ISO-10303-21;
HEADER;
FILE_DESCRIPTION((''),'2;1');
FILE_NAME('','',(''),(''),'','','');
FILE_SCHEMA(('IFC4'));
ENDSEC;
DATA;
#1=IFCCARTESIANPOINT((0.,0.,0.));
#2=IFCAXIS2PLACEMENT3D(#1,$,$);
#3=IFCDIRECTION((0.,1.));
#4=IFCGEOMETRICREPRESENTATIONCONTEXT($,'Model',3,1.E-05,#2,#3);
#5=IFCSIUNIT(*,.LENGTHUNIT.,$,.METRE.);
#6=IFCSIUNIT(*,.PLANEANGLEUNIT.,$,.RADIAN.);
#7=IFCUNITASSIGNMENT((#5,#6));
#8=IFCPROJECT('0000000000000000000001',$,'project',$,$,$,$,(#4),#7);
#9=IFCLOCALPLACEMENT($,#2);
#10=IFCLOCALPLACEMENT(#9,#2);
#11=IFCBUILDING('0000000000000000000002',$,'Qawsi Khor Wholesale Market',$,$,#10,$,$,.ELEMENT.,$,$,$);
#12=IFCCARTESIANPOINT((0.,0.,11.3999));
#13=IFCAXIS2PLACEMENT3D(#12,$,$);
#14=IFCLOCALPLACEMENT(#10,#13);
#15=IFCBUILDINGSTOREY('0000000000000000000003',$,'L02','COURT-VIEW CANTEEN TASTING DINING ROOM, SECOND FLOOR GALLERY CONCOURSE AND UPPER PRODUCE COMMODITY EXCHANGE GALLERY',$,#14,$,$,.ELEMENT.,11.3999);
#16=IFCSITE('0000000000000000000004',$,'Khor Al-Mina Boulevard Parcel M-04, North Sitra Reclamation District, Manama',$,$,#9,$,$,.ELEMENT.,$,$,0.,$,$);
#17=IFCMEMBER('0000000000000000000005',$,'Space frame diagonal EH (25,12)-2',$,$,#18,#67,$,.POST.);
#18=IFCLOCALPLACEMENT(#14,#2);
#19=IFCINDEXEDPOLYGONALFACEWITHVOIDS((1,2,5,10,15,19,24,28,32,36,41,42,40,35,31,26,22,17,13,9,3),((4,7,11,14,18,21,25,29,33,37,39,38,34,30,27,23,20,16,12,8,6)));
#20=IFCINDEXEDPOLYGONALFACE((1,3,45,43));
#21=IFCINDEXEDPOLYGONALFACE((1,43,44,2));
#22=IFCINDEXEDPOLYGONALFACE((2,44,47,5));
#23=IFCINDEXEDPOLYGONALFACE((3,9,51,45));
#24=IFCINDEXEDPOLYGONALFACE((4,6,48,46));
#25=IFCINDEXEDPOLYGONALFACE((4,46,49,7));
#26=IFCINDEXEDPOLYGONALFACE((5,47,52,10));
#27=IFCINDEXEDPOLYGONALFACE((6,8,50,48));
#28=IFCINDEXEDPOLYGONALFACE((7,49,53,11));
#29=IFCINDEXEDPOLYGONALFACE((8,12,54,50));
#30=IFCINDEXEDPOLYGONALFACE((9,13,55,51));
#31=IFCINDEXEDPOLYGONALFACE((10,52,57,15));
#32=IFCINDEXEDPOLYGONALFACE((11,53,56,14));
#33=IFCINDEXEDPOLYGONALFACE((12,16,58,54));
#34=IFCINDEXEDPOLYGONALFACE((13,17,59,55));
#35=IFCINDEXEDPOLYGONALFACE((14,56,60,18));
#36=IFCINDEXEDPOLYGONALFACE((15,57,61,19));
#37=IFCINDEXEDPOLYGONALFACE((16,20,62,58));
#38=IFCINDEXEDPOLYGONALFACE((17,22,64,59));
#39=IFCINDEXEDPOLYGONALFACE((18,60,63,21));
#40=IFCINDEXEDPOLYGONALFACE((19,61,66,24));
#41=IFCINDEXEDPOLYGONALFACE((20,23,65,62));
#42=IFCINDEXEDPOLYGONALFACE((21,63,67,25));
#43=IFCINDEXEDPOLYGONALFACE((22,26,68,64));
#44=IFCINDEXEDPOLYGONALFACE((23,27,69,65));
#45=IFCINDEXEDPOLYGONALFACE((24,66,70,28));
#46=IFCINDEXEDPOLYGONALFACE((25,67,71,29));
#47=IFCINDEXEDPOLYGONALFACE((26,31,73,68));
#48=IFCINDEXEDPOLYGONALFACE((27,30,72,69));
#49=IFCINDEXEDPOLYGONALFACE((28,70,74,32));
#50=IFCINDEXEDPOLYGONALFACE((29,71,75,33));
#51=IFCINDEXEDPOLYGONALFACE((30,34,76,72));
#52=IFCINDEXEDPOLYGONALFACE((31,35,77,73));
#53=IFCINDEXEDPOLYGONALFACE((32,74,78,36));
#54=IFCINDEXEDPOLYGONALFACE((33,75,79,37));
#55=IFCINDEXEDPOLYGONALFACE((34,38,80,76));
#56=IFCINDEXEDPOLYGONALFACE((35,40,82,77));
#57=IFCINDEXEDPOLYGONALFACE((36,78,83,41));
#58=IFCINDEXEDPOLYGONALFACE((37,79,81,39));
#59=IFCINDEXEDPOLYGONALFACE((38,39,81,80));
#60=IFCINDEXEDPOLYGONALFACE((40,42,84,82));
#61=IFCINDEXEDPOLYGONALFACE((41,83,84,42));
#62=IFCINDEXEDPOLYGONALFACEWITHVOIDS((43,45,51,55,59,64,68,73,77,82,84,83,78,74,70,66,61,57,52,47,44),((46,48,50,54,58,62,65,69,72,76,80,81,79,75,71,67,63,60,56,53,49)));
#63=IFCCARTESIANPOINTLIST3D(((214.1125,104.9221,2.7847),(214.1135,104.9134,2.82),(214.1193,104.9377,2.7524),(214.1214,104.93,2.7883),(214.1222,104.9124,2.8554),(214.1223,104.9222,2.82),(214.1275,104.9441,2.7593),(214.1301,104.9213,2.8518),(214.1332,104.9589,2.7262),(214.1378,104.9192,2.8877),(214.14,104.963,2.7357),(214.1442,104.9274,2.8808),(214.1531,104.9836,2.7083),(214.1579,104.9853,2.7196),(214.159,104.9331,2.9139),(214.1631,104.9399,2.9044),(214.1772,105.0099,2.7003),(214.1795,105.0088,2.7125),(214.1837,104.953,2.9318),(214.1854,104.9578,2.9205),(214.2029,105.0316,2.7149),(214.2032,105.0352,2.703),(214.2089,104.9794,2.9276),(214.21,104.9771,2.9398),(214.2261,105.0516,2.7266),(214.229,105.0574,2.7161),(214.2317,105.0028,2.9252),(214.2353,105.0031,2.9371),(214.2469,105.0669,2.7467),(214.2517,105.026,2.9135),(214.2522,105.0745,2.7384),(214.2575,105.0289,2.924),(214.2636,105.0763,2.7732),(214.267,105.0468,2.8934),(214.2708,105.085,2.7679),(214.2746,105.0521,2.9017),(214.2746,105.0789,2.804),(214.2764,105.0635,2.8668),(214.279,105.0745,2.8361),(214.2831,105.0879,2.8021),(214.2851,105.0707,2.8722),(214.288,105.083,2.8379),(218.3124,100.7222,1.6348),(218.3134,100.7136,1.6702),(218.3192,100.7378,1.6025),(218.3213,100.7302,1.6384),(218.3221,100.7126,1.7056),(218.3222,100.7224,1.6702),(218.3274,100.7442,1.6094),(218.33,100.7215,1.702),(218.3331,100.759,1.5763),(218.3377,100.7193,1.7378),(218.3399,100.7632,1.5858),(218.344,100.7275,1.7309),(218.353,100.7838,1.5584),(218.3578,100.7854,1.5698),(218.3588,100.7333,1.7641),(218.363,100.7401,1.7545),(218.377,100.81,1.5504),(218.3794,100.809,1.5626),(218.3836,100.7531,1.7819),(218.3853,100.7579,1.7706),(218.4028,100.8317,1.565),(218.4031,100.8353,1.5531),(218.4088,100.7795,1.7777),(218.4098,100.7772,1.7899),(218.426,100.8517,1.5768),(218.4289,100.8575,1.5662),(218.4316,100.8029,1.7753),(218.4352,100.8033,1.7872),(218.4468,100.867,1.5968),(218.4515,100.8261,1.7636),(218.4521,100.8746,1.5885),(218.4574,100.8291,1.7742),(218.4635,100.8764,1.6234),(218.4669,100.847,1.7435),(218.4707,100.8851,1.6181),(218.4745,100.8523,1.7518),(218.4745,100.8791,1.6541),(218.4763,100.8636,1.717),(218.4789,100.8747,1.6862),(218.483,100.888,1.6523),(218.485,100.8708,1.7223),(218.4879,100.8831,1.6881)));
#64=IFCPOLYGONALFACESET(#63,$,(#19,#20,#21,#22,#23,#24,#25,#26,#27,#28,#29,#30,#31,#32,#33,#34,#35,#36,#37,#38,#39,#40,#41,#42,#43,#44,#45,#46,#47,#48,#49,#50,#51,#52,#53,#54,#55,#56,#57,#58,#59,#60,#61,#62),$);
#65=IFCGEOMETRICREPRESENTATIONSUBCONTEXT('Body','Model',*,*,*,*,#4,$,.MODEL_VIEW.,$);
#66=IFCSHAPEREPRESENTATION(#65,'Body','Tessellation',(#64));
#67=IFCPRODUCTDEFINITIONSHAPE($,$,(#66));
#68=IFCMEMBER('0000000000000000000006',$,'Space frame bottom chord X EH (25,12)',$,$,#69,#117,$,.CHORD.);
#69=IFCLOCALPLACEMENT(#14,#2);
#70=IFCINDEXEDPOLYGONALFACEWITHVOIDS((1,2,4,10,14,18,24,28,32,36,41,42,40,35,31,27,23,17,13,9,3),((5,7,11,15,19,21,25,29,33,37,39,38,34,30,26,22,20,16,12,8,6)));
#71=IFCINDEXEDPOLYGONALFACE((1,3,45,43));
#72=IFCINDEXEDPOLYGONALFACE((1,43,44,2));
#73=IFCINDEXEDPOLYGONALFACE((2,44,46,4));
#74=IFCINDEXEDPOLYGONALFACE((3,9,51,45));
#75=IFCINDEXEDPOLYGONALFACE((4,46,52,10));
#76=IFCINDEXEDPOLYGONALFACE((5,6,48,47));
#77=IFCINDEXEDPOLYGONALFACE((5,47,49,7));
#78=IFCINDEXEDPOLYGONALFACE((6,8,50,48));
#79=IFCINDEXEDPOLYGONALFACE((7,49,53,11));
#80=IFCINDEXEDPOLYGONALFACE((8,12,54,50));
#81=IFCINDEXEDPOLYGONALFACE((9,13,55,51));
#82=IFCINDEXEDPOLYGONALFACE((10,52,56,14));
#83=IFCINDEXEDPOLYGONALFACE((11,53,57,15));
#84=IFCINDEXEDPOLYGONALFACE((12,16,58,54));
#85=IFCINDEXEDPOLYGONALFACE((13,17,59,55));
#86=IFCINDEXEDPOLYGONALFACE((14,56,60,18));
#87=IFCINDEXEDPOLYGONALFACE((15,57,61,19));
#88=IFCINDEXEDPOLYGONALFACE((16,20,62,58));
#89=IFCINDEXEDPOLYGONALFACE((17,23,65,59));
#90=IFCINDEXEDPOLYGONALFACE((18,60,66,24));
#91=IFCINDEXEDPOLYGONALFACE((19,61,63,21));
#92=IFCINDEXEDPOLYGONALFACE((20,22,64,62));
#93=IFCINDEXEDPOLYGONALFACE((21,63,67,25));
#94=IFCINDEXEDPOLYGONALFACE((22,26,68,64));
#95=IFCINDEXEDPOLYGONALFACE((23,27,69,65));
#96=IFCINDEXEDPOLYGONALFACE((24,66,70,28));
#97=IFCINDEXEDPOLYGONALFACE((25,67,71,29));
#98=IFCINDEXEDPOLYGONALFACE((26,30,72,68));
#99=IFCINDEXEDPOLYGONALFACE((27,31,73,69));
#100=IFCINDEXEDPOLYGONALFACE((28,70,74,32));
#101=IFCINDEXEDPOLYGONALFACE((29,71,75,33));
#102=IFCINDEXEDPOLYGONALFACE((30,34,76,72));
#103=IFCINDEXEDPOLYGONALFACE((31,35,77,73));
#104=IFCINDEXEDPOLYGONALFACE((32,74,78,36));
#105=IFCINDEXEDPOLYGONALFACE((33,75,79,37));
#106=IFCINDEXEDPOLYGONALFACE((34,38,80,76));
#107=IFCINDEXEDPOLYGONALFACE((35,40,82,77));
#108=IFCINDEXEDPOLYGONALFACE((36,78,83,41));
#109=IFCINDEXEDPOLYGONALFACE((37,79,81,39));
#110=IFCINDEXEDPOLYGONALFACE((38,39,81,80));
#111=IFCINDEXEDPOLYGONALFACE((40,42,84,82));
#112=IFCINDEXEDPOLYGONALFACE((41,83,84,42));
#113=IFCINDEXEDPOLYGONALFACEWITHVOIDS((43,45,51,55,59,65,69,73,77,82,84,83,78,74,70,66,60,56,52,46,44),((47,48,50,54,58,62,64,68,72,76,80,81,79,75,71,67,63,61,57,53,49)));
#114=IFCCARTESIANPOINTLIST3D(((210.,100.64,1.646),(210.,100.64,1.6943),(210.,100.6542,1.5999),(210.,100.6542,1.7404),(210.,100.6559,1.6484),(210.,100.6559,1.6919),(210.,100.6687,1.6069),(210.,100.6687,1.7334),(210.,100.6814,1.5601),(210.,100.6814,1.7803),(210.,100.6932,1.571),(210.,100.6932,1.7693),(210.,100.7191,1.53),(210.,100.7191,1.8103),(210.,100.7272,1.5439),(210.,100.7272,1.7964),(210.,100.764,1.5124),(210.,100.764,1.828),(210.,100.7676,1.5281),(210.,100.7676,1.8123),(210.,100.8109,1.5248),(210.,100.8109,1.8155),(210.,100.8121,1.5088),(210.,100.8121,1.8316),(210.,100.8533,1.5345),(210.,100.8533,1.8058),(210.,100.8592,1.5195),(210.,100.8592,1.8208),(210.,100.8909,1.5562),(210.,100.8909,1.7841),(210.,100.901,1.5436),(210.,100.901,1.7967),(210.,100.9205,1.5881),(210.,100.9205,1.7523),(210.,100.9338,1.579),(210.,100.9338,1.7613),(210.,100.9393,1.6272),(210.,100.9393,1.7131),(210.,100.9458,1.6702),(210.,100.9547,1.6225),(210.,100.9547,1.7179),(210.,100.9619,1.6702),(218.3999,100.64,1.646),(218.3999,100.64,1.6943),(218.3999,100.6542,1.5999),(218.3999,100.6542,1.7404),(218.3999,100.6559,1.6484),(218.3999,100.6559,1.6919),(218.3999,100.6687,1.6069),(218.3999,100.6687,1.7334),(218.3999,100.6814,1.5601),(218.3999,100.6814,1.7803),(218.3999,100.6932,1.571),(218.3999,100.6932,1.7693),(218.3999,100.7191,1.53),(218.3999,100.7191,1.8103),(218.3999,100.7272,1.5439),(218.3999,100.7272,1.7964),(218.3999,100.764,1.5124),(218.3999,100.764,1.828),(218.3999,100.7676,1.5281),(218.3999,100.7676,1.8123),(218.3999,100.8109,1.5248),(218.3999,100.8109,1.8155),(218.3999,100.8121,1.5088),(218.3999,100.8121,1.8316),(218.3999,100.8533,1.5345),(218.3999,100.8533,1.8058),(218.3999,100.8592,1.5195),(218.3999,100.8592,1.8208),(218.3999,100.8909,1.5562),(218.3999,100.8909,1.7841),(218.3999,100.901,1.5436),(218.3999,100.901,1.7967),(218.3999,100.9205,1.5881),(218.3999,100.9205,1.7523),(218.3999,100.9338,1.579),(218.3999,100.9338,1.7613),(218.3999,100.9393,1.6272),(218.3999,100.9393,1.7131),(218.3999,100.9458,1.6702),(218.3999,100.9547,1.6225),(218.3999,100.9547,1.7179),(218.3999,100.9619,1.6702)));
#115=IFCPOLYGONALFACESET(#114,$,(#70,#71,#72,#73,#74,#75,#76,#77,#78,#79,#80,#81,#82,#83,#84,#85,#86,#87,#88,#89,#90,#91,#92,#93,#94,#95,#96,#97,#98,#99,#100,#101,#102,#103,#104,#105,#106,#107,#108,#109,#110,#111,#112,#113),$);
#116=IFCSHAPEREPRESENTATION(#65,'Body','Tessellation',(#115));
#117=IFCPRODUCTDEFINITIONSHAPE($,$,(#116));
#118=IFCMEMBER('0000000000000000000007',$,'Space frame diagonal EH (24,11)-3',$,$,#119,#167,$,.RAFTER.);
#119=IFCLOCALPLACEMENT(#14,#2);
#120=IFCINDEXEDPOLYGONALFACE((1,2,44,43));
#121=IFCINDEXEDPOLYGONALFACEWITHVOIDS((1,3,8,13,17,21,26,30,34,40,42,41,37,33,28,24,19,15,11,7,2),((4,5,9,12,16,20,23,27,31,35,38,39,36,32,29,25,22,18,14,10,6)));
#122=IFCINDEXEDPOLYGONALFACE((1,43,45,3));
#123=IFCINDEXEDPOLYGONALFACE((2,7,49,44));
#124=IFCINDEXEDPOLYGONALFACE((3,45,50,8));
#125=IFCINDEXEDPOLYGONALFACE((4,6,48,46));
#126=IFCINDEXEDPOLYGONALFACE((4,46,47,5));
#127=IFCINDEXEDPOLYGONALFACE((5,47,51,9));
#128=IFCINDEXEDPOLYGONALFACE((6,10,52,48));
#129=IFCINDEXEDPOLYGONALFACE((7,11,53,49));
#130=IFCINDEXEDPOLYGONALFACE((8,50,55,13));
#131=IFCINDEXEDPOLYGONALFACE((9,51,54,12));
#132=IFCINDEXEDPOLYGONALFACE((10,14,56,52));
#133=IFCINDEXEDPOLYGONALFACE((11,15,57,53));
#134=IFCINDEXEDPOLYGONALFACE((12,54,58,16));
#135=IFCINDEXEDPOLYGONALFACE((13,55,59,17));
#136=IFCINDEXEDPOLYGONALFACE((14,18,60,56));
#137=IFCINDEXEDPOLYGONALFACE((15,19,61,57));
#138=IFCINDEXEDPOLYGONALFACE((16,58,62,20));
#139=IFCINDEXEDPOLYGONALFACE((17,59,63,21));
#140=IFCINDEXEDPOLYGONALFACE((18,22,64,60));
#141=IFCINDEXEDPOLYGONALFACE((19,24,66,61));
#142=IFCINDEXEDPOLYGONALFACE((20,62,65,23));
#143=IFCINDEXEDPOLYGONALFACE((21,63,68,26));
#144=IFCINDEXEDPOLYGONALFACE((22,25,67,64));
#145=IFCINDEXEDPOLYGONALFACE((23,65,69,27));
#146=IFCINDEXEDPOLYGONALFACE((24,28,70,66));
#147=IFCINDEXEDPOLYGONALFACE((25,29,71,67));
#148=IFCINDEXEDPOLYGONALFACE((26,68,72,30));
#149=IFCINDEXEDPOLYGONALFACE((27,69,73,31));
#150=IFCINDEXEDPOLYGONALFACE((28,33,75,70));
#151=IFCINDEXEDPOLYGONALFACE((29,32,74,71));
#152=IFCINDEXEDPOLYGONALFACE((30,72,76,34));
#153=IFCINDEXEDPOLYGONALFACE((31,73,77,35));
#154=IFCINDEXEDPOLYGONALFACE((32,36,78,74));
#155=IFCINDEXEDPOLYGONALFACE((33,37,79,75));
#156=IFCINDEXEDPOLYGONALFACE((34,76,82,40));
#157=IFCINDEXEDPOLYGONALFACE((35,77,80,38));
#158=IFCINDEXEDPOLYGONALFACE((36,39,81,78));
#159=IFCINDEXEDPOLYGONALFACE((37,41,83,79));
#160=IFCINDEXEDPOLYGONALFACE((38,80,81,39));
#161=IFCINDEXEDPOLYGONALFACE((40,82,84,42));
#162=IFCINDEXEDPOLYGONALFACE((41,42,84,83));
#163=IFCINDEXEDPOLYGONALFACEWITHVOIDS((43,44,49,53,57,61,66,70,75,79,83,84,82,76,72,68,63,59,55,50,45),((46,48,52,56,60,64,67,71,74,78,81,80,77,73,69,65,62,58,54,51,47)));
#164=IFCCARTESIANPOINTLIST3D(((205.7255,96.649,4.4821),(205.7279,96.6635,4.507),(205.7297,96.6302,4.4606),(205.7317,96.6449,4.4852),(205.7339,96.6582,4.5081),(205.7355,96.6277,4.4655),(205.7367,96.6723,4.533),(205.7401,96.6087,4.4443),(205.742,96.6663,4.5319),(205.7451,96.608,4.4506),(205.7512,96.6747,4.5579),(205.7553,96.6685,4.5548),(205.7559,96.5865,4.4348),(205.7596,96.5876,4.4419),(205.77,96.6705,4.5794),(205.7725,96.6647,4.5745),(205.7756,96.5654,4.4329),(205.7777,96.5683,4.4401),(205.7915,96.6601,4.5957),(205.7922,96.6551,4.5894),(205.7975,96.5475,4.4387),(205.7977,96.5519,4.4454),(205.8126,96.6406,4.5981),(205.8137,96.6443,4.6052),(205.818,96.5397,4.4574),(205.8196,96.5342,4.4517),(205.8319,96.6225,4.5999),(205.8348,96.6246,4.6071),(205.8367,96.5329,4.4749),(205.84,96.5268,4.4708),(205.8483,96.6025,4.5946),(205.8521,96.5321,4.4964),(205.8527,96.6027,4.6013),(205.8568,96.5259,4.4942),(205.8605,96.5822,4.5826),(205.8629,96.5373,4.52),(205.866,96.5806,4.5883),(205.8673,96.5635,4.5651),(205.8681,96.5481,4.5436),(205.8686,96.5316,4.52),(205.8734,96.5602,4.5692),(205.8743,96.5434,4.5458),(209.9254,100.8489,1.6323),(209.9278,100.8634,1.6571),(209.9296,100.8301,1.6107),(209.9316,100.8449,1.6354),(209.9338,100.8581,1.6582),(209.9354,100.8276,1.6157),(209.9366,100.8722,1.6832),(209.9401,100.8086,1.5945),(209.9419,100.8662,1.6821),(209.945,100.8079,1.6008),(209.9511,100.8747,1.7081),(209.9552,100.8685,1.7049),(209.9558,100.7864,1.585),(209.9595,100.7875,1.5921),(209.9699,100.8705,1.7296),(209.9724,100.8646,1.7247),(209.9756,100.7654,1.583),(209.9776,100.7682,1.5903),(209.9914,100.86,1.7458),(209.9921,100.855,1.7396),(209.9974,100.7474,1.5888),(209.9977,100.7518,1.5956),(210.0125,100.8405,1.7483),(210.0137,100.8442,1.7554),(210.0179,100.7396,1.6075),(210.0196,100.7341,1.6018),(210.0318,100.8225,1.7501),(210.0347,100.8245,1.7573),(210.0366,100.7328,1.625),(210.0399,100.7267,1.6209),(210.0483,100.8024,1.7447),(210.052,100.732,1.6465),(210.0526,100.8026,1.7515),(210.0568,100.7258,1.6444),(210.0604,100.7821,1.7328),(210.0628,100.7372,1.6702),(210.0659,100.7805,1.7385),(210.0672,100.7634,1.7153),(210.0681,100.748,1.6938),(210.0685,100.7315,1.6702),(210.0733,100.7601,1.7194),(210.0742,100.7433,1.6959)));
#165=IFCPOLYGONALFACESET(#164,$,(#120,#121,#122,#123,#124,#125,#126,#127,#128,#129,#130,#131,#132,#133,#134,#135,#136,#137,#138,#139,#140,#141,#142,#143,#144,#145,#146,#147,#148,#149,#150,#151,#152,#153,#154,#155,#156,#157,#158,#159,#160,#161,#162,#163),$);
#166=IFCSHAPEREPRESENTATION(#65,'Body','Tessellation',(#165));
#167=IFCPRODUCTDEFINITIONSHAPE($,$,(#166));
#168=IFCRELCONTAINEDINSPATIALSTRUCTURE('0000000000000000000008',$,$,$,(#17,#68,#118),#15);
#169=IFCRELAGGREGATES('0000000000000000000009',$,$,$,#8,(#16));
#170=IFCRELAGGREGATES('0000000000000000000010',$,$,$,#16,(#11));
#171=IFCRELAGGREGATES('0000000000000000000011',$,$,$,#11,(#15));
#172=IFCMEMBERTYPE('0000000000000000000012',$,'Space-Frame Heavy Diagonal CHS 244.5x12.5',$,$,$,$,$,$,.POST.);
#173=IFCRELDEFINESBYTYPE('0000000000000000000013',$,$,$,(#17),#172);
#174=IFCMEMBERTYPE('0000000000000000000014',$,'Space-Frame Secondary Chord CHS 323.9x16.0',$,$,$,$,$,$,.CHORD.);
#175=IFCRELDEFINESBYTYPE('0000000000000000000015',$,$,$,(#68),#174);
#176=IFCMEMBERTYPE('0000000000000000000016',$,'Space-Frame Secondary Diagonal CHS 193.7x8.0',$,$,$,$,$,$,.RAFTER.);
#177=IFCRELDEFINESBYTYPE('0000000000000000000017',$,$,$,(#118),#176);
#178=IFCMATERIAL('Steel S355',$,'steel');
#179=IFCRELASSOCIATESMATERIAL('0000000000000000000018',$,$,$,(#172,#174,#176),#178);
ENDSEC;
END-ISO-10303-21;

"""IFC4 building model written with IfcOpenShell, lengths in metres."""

from ifc_helpers import new_model, si_unit, direction, frame, origin, origin_2d, place, context, subcontext, project, spatial, hollow_circle, extrude, material, material_profile, profile_set, type_object, element, save


model = new_model("IFC4")

# Units and contexts
model_context = context("Model", 3, precision=1e-05, world=origin(), true_north=direction((0.0, 1.0)))
body_context = subcontext(model_context, "Body", "Model", "MODEL_VIEW")
ifc_project = project(units=[si_unit("LENGTHUNIT", "METRE"), si_unit("PLANEANGLEUNIT", "RADIAN")], contexts=[model_context])

# Site, building, storey
site_placement = place(None, origin())
site = spatial("IfcSite", under=ifc_project, at=site_placement, Name="Khor Al-Mina Boulevard Parcel M-04, North Sitra Reclamation District, Manama", CompositionType="ELEMENT", RefElevation=0.0)
building_placement = place(site_placement, origin())
building = spatial("IfcBuilding", under=site, at=building_placement, Name="Qawsi Khor Wholesale Market", CompositionType="ELEMENT")
storey_placement = place(building_placement, frame((0.0, 0.0, 11.3999)))
storey = spatial("IfcBuildingStorey", under=building, at=storey_placement, Name="L02", Description="COURT-VIEW CANTEEN TASTING DINING ROOM, SECOND FLOOR GALLERY CONCOURSE AND UPPER PRODUCE COMMODITY EXCHANGE GALLERY", CompositionType="ELEMENT", Elevation=11.3999)

# Members
ifc_material_1 = material(Name="Steel S355", Category="steel")
ifc_material_profile_1 = material_profile(ifc_material_1, hollow_circle(Radius=0.1223, WallThickness=0.0125, at=origin_2d()), Name="CHS 244.5x12.5")
ifc_profile_set_1 = profile_set([ifc_material_profile_1], Name="Steel S355")
member_type_1 = type_object("IfcMemberType", Name="Space-Frame Heavy Diagonal CHS 244.5x12.5", PredefinedType="POST", material=ifc_profile_set_1)
for number, where, z_axis, x_axis, name in (
    (1, (218.3999, 100.8, 1.6702), (-0.694217, 0.694217, 0.190069), (-0.707107, -0.707107, 0.0), "Space frame diagonal EH (25,12)-2"),
):
    element("IfcMember", number, at=place(storey_placement, frame(where, z_axis=z_axis, x_axis=x_axis)), inside=storey, type_object=member_type_1, Name=name, PredefinedType="POST", context=body_context, shape_type="SweptSolid", body=[
        extrude(hollow_circle(Radius=0.1223, WallThickness=0.0125, at=origin_2d()), origin(), (0.0, 0.0, 1.0), 6.0498),
    ])
ifc_material_profile_2 = material_profile(ifc_material_1, hollow_circle(Radius=0.1619, WallThickness=0.0161, at=origin_2d()), Name="CHS 323.9x16.0")
ifc_profile_set_2 = profile_set([ifc_material_profile_2], Name="Steel S355")
member_type_2 = type_object("IfcMemberType", Name="Space-Frame Secondary Chord CHS 323.9x16.0", PredefinedType="CHORD", material=ifc_profile_set_2)
member_1_placement = place(storey_placement, frame((210.0, 100.8, 1.6702), z_axis=(1.0, 0.0, 0.0), x_axis=(0.0, 1.0, 0.0)))
element("IfcMember", 2, at=member_1_placement, inside=storey, type_object=member_type_2, Name="Space frame bottom chord X EH (25,12)", PredefinedType="CHORD", context=body_context, shape_type="SweptSolid", body=[
    extrude(hollow_circle(Radius=0.1619, WallThickness=0.0161, at=origin_2d()), origin(), (0.0, 0.0, 1.0), 8.3999),
])
ifc_material_profile_3 = material_profile(ifc_material_1, hollow_circle(Radius=0.0969, WallThickness=0.0081, at=origin_2d()), Name="CHS 193.7x8.0")
ifc_profile_set_3 = profile_set([ifc_material_profile_3], Name="Steel S355")
member_type_3 = type_object("IfcMemberType", Name="Space-Frame Secondary Diagonal CHS 193.7x8.0", PredefinedType="RAFTER", material=ifc_profile_set_3)
member_2_placement = place(storey_placement, frame((210.0, 100.8, 1.6702), z_axis=(-0.637522, -0.637522, 0.432587), x_axis=(0.707107, -0.707107, 0.0)))
element("IfcMember", 3, at=member_2_placement, inside=storey, type_object=member_type_3, Name="Space frame diagonal EH (24,11)-3", PredefinedType="RAFTER", context=body_context, shape_type="SweptSolid", body=[
    extrude(hollow_circle(Radius=0.0969, WallThickness=0.0081, at=origin_2d()), origin(), (0.0, 0.0, 1.0), 6.5879),
])

save(model, "model.ifc")
